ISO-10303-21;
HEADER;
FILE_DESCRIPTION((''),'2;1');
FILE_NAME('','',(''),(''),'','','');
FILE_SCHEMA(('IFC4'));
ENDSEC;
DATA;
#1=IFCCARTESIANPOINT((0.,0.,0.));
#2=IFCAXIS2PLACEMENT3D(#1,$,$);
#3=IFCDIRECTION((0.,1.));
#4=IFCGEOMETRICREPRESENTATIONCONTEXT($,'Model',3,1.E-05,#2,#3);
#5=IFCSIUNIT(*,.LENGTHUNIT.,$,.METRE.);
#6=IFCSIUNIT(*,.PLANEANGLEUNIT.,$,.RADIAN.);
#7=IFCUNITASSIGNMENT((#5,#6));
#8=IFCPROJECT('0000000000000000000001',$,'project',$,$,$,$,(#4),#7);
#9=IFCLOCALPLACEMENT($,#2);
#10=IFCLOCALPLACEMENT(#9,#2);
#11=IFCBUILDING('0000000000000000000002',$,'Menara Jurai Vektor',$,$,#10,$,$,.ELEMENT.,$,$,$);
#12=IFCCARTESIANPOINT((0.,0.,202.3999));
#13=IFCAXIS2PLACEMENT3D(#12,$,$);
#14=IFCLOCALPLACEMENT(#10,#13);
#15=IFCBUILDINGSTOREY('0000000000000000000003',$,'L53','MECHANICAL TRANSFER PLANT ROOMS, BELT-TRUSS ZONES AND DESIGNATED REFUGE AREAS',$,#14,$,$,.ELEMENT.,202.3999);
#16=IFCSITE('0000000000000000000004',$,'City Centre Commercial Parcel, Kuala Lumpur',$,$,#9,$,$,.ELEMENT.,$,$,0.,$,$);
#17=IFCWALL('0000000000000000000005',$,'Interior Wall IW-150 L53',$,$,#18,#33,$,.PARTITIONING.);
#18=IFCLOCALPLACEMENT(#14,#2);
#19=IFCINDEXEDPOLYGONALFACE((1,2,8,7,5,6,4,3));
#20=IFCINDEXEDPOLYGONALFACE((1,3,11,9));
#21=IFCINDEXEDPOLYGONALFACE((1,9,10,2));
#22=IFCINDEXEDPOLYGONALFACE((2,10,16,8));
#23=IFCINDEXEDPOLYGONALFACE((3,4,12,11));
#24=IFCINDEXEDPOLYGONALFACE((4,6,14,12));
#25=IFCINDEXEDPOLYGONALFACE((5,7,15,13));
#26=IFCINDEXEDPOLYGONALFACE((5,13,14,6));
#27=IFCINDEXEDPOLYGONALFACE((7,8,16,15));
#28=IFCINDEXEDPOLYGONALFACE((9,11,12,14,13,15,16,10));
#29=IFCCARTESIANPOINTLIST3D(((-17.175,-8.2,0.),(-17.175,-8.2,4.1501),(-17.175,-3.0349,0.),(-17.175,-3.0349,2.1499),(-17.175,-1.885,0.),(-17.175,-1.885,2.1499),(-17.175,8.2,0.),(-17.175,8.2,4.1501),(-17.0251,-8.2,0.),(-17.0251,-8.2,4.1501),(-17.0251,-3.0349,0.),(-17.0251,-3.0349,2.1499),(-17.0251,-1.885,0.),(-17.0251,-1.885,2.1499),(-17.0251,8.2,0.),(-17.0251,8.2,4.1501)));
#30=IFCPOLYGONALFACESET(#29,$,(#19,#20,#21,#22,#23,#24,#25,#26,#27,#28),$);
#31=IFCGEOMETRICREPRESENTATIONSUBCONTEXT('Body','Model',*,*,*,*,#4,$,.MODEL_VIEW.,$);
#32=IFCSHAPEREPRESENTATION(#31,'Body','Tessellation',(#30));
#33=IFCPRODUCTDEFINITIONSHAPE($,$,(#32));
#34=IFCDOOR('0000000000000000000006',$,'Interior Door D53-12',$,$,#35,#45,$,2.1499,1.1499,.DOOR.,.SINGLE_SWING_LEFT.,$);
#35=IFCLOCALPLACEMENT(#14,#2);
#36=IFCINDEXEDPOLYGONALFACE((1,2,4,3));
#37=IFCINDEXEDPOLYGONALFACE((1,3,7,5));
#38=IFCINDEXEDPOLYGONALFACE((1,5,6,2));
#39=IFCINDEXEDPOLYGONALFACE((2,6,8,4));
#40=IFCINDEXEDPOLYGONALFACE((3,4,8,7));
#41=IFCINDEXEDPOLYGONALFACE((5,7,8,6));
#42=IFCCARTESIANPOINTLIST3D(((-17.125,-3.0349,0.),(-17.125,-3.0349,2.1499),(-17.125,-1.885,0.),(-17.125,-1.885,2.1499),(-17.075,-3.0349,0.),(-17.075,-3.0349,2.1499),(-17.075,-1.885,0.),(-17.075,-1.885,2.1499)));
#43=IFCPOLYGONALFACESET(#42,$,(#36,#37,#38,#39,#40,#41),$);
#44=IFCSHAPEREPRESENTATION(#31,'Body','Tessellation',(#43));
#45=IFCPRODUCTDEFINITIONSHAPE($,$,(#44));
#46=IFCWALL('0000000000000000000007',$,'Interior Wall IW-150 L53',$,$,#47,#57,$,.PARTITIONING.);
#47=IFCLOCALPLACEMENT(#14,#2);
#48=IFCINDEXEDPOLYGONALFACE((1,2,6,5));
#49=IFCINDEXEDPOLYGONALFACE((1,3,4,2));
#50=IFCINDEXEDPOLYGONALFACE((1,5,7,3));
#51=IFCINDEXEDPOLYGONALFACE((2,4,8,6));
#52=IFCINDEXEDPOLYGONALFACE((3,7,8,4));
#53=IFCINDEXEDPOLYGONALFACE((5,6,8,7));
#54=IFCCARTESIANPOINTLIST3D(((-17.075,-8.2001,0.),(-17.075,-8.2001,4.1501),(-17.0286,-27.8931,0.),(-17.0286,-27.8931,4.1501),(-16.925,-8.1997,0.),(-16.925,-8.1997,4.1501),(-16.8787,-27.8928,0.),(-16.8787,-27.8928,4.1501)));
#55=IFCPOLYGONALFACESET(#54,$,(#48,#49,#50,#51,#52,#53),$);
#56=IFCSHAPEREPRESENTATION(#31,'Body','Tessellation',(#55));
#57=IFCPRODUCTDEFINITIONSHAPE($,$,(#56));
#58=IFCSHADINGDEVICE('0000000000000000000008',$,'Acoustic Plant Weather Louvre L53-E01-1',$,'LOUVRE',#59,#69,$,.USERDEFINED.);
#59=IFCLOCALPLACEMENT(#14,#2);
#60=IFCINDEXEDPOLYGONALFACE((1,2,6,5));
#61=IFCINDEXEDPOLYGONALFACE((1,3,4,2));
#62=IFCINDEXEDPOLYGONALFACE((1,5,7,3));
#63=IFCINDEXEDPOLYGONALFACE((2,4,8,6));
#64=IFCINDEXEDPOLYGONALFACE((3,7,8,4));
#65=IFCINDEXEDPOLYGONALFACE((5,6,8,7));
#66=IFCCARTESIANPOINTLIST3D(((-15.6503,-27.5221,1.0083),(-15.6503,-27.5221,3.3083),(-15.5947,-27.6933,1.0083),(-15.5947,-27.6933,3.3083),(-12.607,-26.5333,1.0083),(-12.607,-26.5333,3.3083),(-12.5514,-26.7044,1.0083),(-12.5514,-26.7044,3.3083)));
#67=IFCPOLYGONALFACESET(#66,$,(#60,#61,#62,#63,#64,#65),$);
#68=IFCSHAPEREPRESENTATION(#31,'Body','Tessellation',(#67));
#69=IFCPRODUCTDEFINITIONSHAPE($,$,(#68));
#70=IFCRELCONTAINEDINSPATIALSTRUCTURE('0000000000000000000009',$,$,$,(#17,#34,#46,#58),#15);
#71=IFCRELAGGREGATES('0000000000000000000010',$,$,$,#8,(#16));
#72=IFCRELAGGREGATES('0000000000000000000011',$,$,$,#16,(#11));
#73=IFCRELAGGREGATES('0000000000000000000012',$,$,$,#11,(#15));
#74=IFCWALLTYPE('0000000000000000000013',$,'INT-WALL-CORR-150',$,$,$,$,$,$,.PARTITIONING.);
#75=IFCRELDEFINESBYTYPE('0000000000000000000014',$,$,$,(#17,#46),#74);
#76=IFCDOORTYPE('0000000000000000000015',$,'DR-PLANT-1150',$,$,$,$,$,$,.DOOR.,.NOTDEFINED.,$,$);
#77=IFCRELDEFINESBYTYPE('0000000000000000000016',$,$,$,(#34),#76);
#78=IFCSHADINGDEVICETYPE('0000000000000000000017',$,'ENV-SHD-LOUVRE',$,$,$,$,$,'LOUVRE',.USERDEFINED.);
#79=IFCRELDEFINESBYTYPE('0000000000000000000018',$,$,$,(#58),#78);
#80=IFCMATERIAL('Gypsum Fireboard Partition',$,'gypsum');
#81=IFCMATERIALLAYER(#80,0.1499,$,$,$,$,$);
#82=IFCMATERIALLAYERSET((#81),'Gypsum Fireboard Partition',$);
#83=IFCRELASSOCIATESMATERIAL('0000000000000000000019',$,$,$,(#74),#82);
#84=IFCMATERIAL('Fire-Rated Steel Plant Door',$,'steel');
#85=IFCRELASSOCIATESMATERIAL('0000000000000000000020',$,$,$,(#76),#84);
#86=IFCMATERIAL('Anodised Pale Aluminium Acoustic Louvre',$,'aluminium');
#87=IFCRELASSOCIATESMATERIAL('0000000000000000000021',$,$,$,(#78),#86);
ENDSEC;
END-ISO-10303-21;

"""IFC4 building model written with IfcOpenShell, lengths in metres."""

from ifc_helpers import new_model, si_unit, direction, frame, frame_2d, origin, origin_2d, place, context, subcontext, project, spatial, rectangle, extrude, material, layer, layer_set, type_object, element, fill, save


model = new_model("IFC4")

# Units and contexts
model_context = context("Model", 3, precision=1e-05, world=origin(), true_north=direction((0.0, 1.0)))
body_context = subcontext(model_context, "Body", "Model", "MODEL_VIEW")
ifc_project = project(units=[si_unit("LENGTHUNIT", "METRE"), si_unit("PLANEANGLEUNIT", "RADIAN")], contexts=[model_context])

# Site, building, storey
site_placement = place(None, origin())
site = spatial("IfcSite", under=ifc_project, at=site_placement, Name="City Centre Commercial Parcel, Kuala Lumpur", CompositionType="ELEMENT", RefElevation=0.0)
building_placement = place(site_placement, origin())
building = spatial("IfcBuilding", under=site, at=building_placement, Name="Menara Jurai Vektor", CompositionType="ELEMENT")
storey_placement = place(building_placement, frame((0.0, 0.0, 202.3999)))
storey = spatial("IfcBuildingStorey", under=building, at=storey_placement, Name="L53", Description="MECHANICAL TRANSFER PLANT ROOMS, BELT-TRUSS ZONES AND DESIGNATED REFUGE AREAS", CompositionType="ELEMENT", Elevation=202.3999)

# Wall, opening, door
ifc_material_1 = material(Name="Gypsum Fireboard Partition", Category="gypsum")
ifc_layer = layer(ifc_material_1, 0.1499)
ifc_layer_set = layer_set([ifc_layer], Name="Gypsum Fireboard Partition")
wall_type = type_object("IfcWallType", Name="INT-WALL-CORR-150", PredefinedType="PARTITIONING", material=ifc_layer_set)
ifc_material_2 = material(Name="Fire-Rated Steel Plant Door", Category="steel")
door_type = type_object("IfcDoorType", Name="DR-PLANT-1150", OperationType="NOTDEFINED", PredefinedType="DOOR", material=ifc_material_2)
wall_1_placement = place(storey_placement, frame((-17.1001, -8.2, 0.0), z_axis=(0.0, 0.0, 1.0), x_axis=(0.0, 1.0, 0.0)))
wall_1 = element("IfcWall", 1, at=wall_1_placement, inside=storey, type_object=wall_type, Name="Interior Wall IW-150 L53", PredefinedType="PARTITIONING", context=body_context, shape_type="SweptSolid", body=[
    extrude(rectangle(XDim=16.3999, YDim=0.1499, at=frame_2d((8.2, 0.0))), origin(), (0.0, 0.0, 1.0), 4.1501),
])
opening_1_placement = place(wall_1_placement, frame((5.165, 0.0, 0.0)))
opening_1 = element("IfcOpeningElement", 2, at=opening_1_placement, cuts=wall_1, PredefinedType="OPENING", context=body_context, shape_type="SweptSolid", body=[
    extrude(rectangle(XDim=1.1499, YDim=2.1499, at=frame_2d((0.575, 1.075))), frame((0.0, 0.085, 0.0), z_axis=(0.0, -1.0, 0.0), x_axis=(1.0, 0.0, 0.0)), (0.0, 0.0, 1.0), 0.1699),
])
door_1_placement = place(opening_1_placement, origin())
door_1 = element("IfcDoor", 3, at=door_1_placement, inside=storey, type_object=door_type, Name="Interior Door D53-12", OperationType="SINGLE_SWING_LEFT", OverallHeight=2.1499, OverallWidth=1.1499, PredefinedType="DOOR", context=body_context, shape_type="SweptSolid", body=[
    extrude(rectangle(XDim=1.1499, YDim=2.1499, at=frame_2d((0.575, 1.075))), frame((0.0, 0.0249, 0.0), z_axis=(0.0, -1.0, 0.0), x_axis=(1.0, 0.0, 0.0)), (0.0, 0.0, 1.0), 0.05),
])
fill(opening_1, door_1)

# Wall
wall_2_placement = place(storey_placement, frame((-16.9536, -27.8931, 0.0), z_axis=(0.0, 0.0, 1.0), x_axis=(-0.002355, 0.999997, 0.0)))
element("IfcWall", 4, at=wall_2_placement, inside=storey, type_object=wall_type, Name="Interior Wall IW-150 L53", PredefinedType="PARTITIONING", context=body_context, shape_type="SweptSolid", body=[
    extrude(rectangle(XDim=19.6931, YDim=0.1499, at=frame_2d((9.8467, 0.0))), origin(), (0.0, 0.0, 1.0), 4.1501),
])

# Shading device
ifc_material_3 = material(Name="Anodised Pale Aluminium Acoustic Louvre", Category="aluminium")
shading_device_type = type_object("IfcShadingDeviceType", Name="ENV-SHD-LOUVRE", ElementType="LOUVRE", PredefinedType="USERDEFINED", material=ifc_material_3)
shading_device_placement = place(storey_placement, frame((-14.1008, -27.1133, 1.0083), z_axis=(0.0, 0.0, 1.0), x_axis=(0.951057, 0.309017, 0.0)))
element("IfcShadingDevice", 5, at=shading_device_placement, inside=storey, type_object=shading_device_type, Name="Acoustic Plant Weather Louvre L53-E01-1", ObjectType="LOUVRE", PredefinedType="USERDEFINED", context=body_context, shape_type="SweptSolid", body=[
    extrude(rectangle(XDim=3.2, YDim=0.1799, at=origin_2d()), origin(), (0.0, 0.0, 1.0), 2.3),
])

save(model, "model.ifc")
